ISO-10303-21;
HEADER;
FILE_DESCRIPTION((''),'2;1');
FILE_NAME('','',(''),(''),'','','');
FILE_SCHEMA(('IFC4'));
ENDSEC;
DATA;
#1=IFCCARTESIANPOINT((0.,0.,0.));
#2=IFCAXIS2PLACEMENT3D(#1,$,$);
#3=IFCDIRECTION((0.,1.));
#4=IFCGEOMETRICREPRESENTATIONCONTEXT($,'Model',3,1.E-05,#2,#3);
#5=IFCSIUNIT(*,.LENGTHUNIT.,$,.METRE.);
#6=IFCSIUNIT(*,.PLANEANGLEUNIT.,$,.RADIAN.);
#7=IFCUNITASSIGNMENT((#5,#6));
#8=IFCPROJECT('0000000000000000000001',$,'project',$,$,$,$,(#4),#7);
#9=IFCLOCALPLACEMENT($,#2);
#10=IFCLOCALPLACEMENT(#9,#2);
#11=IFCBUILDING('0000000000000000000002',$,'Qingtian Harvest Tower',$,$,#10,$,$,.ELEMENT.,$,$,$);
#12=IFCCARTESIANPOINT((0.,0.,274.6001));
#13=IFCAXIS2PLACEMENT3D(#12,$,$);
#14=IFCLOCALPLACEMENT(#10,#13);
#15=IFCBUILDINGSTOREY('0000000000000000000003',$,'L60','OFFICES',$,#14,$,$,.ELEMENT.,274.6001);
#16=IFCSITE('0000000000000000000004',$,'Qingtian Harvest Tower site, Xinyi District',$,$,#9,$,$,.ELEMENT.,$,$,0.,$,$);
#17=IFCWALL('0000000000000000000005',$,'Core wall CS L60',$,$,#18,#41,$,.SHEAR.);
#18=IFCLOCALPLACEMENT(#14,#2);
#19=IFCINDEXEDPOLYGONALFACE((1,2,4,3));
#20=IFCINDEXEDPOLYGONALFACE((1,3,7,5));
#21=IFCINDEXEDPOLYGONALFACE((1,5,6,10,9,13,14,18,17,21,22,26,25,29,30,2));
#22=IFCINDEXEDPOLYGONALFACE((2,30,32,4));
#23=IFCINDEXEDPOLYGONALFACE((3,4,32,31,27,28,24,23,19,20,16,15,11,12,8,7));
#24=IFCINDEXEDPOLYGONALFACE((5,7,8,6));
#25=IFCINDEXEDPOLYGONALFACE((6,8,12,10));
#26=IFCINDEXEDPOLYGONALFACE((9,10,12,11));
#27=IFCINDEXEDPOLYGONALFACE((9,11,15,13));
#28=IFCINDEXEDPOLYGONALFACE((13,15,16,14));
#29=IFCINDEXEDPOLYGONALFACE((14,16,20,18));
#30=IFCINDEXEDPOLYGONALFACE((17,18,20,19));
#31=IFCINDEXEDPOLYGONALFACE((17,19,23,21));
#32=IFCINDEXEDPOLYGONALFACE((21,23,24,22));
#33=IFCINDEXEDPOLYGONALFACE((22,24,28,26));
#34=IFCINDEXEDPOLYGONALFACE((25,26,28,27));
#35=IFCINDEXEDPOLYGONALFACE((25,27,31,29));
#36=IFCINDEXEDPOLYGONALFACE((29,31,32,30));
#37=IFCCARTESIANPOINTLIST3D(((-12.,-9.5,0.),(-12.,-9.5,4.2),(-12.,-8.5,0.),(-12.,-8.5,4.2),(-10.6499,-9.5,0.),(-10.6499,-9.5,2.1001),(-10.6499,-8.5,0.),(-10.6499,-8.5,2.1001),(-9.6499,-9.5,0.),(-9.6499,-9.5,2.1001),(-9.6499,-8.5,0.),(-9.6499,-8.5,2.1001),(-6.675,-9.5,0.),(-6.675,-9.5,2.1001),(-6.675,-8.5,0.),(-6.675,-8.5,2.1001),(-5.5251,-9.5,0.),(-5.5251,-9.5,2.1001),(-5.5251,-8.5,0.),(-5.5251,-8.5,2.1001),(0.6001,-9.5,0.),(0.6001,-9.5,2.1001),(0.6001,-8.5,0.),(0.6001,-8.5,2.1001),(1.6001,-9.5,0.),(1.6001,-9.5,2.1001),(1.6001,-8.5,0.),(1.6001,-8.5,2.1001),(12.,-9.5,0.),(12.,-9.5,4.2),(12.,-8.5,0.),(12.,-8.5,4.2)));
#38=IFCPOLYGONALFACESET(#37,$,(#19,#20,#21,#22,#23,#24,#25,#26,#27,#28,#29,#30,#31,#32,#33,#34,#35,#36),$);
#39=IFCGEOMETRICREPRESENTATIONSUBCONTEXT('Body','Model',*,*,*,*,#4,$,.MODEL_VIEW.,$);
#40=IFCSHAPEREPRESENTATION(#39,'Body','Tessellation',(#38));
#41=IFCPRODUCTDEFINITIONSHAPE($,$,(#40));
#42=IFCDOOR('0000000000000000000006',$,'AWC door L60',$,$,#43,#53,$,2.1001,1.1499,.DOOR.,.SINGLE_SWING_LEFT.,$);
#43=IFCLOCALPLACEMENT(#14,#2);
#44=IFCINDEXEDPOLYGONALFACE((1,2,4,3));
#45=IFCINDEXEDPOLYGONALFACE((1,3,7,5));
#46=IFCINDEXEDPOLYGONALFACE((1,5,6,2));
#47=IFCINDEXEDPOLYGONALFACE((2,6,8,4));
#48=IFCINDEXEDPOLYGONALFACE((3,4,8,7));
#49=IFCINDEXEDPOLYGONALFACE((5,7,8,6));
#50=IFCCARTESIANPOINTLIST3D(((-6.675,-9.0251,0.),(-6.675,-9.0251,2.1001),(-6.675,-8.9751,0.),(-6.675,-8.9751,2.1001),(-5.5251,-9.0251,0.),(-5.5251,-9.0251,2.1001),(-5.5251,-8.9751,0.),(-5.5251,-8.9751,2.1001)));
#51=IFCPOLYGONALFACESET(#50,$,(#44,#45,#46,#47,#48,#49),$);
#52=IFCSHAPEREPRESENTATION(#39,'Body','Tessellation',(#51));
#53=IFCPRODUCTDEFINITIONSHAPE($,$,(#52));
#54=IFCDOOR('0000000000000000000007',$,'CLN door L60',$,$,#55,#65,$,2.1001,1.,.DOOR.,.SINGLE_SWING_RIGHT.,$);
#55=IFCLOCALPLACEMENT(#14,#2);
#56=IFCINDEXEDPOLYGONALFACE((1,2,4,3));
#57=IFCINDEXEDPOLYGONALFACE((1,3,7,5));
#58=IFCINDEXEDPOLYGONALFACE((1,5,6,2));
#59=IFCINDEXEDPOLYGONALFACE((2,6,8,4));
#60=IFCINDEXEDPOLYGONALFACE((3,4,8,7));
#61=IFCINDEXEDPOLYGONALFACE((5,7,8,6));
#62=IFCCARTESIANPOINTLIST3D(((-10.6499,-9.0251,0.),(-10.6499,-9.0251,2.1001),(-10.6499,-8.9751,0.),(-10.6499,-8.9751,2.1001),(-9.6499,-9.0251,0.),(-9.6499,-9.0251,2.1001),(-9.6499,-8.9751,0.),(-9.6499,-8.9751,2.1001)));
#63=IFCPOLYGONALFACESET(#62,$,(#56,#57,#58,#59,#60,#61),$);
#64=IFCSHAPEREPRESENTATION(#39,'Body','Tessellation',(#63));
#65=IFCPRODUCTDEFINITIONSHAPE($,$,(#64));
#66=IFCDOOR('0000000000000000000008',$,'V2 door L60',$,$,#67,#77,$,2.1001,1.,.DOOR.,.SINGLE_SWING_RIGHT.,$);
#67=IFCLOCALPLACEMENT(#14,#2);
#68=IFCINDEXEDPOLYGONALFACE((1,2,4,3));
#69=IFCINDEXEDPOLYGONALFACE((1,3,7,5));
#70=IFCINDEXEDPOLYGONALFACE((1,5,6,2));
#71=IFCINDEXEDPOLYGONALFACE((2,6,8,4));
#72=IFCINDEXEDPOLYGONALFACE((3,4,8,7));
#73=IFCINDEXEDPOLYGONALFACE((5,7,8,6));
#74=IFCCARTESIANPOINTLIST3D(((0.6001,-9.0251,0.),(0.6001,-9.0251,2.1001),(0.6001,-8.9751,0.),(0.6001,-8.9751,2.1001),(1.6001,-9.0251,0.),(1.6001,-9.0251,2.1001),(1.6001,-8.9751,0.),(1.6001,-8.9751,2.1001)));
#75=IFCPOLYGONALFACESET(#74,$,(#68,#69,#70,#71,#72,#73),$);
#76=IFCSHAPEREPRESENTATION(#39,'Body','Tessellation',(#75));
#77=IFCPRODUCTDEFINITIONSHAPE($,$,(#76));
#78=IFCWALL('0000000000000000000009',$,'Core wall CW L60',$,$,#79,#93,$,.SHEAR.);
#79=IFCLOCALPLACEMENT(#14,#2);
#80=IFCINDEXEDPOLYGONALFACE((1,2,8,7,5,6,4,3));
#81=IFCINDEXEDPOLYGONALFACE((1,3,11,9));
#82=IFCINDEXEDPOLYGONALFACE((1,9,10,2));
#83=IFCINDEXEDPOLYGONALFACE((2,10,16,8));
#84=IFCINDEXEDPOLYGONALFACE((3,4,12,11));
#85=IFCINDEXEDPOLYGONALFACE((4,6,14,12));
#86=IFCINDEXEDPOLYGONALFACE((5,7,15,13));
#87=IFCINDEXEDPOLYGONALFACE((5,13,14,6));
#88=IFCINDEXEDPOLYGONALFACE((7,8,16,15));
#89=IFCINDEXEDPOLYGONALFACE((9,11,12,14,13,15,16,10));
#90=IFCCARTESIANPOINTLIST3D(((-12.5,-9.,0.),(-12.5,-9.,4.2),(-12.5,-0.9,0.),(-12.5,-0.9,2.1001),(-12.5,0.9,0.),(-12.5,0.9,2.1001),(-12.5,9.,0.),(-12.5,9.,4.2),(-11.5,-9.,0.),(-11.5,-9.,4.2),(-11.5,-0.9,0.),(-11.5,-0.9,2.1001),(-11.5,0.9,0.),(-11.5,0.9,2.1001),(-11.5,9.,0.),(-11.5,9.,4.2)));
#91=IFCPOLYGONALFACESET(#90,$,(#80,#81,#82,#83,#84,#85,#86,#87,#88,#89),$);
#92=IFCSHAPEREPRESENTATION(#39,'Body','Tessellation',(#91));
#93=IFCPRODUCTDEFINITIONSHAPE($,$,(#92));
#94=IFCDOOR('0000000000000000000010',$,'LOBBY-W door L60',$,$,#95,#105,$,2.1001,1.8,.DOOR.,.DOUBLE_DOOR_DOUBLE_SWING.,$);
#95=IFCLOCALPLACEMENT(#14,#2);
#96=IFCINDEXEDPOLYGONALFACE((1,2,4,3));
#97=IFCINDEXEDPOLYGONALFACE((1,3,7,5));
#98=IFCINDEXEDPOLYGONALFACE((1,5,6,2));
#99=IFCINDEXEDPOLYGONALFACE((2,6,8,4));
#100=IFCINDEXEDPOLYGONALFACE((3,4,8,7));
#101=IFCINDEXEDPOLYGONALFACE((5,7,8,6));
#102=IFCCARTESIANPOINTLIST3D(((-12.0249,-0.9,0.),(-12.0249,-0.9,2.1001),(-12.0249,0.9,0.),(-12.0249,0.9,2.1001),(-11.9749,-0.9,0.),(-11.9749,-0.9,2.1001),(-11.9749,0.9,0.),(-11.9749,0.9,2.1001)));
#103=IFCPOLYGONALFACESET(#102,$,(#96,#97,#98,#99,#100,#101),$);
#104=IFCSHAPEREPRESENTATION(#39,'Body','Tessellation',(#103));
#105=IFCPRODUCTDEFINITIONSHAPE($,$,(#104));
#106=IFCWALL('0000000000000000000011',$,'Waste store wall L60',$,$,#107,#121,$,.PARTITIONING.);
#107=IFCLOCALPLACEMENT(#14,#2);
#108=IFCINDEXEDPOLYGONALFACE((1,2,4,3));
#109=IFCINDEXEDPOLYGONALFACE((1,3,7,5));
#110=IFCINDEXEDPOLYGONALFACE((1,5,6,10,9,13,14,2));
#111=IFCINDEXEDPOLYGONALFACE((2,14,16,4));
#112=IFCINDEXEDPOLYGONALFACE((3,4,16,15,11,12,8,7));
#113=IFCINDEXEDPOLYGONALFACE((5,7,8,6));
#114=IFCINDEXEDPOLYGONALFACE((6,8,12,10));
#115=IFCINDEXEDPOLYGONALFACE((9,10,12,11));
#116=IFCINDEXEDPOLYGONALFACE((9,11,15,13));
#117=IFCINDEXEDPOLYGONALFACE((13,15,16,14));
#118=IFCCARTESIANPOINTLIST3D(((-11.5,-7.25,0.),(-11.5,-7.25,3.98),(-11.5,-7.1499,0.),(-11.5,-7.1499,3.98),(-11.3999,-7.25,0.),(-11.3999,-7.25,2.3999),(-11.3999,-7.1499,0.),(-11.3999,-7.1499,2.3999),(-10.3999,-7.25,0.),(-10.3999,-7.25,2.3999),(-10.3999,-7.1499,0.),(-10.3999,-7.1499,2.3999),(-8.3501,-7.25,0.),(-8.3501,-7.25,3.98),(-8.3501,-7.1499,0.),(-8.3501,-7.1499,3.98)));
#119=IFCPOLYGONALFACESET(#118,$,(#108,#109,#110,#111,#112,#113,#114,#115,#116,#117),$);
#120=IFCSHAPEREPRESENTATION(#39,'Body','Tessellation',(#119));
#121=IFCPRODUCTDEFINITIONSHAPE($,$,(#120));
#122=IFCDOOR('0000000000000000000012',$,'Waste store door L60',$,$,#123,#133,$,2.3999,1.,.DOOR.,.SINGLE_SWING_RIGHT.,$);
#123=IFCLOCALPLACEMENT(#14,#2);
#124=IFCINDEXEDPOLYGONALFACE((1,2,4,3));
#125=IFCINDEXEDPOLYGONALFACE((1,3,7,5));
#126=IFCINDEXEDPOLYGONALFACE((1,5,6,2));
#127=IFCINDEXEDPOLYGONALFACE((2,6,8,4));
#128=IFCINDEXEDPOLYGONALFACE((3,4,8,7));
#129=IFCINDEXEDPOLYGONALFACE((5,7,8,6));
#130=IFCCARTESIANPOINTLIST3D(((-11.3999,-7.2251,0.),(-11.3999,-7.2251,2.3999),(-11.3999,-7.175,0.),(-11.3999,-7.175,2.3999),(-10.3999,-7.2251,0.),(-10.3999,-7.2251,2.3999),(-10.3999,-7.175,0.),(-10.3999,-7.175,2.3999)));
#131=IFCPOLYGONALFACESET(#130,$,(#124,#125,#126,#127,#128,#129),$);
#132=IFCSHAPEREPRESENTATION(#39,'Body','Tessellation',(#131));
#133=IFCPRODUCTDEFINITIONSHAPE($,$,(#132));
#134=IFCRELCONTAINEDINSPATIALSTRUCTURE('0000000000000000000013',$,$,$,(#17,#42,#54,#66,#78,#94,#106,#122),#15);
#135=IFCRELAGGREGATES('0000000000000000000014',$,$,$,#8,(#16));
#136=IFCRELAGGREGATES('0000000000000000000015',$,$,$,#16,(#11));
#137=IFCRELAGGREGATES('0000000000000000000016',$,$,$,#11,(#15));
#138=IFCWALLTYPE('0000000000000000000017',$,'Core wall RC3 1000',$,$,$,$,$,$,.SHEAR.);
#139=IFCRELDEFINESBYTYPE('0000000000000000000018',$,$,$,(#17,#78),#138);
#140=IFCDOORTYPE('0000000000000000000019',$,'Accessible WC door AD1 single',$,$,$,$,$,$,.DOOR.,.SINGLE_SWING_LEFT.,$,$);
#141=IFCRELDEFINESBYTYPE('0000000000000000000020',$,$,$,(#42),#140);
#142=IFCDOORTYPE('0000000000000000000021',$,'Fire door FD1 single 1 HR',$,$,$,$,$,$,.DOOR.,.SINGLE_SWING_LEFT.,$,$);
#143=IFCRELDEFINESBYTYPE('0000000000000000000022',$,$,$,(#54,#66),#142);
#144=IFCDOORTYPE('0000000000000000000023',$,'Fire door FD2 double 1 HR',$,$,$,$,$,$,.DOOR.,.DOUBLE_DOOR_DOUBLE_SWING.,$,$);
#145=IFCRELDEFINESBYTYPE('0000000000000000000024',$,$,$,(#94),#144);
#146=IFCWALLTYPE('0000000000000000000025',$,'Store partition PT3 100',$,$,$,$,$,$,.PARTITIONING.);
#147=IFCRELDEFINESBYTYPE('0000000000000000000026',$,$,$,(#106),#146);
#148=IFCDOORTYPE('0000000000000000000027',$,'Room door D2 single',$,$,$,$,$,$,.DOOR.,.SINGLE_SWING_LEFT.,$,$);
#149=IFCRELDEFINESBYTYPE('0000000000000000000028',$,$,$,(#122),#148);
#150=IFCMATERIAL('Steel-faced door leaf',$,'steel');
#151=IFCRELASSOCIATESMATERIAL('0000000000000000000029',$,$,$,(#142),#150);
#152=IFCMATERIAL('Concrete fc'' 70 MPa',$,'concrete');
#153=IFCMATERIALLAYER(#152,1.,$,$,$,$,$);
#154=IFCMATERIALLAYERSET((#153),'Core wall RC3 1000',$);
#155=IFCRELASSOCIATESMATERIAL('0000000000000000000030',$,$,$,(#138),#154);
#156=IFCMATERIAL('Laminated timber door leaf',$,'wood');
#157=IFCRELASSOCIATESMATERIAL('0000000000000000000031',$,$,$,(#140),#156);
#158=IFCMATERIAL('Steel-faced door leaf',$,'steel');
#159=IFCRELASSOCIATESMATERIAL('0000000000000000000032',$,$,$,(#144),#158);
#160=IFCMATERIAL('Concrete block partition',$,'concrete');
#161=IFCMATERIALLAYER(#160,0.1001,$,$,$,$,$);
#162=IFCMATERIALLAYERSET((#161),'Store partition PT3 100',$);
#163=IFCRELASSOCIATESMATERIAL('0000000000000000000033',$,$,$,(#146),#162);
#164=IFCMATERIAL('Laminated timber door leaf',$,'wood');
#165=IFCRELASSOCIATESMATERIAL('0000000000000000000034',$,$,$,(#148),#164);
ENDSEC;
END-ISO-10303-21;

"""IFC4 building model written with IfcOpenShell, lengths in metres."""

from ifc_helpers import new_model, si_unit, direction, frame, frame_2d, origin, place, context, subcontext, project, spatial, rectangle, extrude, material, layer, layer_set, type_object, element, fill, save


model = new_model("IFC4")

# Units and contexts
model_context = context("Model", 3, precision=1e-05, world=origin(), true_north=direction((0.0, 1.0)))
body_context = subcontext(model_context, "Body", "Model", "MODEL_VIEW")
ifc_project = project(units=[si_unit("LENGTHUNIT", "METRE"), si_unit("PLANEANGLEUNIT", "RADIAN")], contexts=[model_context])

# Site, building, storey
site_placement = place(None, origin())
site = spatial("IfcSite", under=ifc_project, at=site_placement, Name="Qingtian Harvest Tower site, Xinyi District", CompositionType="ELEMENT", RefElevation=0.0)
building_placement = place(site_placement, origin())
building = spatial("IfcBuilding", under=site, at=building_placement, Name="Qingtian Harvest Tower", CompositionType="ELEMENT")
storey_placement = place(building_placement, frame((0.0, 0.0, 274.6001)))
storey = spatial("IfcBuildingStorey", under=building, at=storey_placement, Name="L60", Description="OFFICES", CompositionType="ELEMENT", Elevation=274.6001)

# Shared definitions
ifc_material_1 = material(Name="Steel-faced door leaf", Category="steel")
door_type_1 = type_object("IfcDoorType", Name="Fire door FD1 single 1 HR", OperationType="SINGLE_SWING_LEFT", PredefinedType="DOOR", material=ifc_material_1)

# Wall, openings, doors
ifc_material_2 = material(Name="Concrete fc' 70 MPa", Category="concrete")
ifc_layer_1 = layer(ifc_material_2, 1.0)
ifc_layer_set_1 = layer_set([ifc_layer_1], Name="Core wall RC3 1000")
wall_type_1 = type_object("IfcWallType", Name="Core wall RC3 1000", PredefinedType="SHEAR", material=ifc_layer_set_1)
wall_1_placement = place(storey_placement, frame((-12.0, -9.0, 0.0), z_axis=(0.0, 0.0, 1.0), x_axis=(1.0, 0.0, 0.0)))
wall_1 = element("IfcWall", 1, at=wall_1_placement, inside=storey, type_object=wall_type_1, Name="Core wall CS L60", PredefinedType="SHEAR", context=body_context, shape_type="SweptSolid", body=[
    extrude(rectangle(XDim=24.0, YDim=1.0, at=frame_2d((12.0, 0.0))), origin(), (0.0, 0.0, 1.0), 4.2),
])
opening_1_placement = place(wall_1_placement, frame((1.3501, 0.0, 0.0)))
opening_1 = element("IfcOpeningElement", 2, at=opening_1_placement, cuts=wall_1, PredefinedType="OPENING", context=body_context, shape_type="SweptSolid", body=[
    extrude(rectangle(XDim=1.0, YDim=2.1001, at=frame_2d((0.5, 1.05))), frame((0.0, 0.51, 0.0), z_axis=(0.0, -1.0, 0.0), x_axis=(1.0, 0.0, 0.0)), (0.0, 0.0, 1.0), 1.02),
])
opening_2_placement = place(wall_1_placement, frame((5.325, 0.0, 0.0)))
opening_2 = element("IfcOpeningElement", 3, at=opening_2_placement, cuts=wall_1, PredefinedType="OPENING", context=body_context, shape_type="SweptSolid", body=[
    extrude(rectangle(XDim=1.1499, YDim=2.1001, at=frame_2d((0.575, 1.05))), frame((0.0, 0.51, 0.0), z_axis=(0.0, -1.0, 0.0), x_axis=(1.0, 0.0, 0.0)), (0.0, 0.0, 1.0), 1.02),
])
opening_3_placement = place(wall_1_placement, frame((12.6001, 0.0, 0.0)))
opening_3 = element("IfcOpeningElement", 4, at=opening_3_placement, cuts=wall_1, PredefinedType="OPENING", context=body_context, shape_type="SweptSolid", body=[
    extrude(rectangle(XDim=1.0, YDim=2.1001, at=frame_2d((0.5, 1.05))), frame((0.0, 0.51, 0.0), z_axis=(0.0, -1.0, 0.0), x_axis=(1.0, 0.0, 0.0)), (0.0, 0.0, 1.0), 1.02),
])
ifc_material_3 = material(Name="Laminated timber door leaf", Category="wood")
door_type_2 = type_object("IfcDoorType", Name="Accessible WC door AD1 single", OperationType="SINGLE_SWING_LEFT", PredefinedType="DOOR", material=ifc_material_3)
door_1_placement = place(opening_2_placement, origin())
door_1 = element("IfcDoor", 5, at=door_1_placement, inside=storey, type_object=door_type_2, Name="AWC door L60", OperationType="SINGLE_SWING_LEFT", OverallHeight=2.1001, OverallWidth=1.1499, PredefinedType="DOOR", context=body_context, shape_type="SweptSolid", body=[
    extrude(rectangle(XDim=1.1499, YDim=2.1001, at=frame_2d((0.575, 1.05))), frame((0.0, 0.0249, 0.0), z_axis=(0.0, -1.0, 0.0), x_axis=(1.0, 0.0, 0.0)), (0.0, 0.0, 1.0), 0.05),
])
fill(opening_2, door_1)
door_2_placement = place(opening_1_placement, origin())
door_2 = element("IfcDoor", 6, at=door_2_placement, inside=storey, type_object=door_type_1, Name="CLN door L60", OperationType="SINGLE_SWING_RIGHT", OverallHeight=2.1001, OverallWidth=1.0, PredefinedType="DOOR", context=body_context, shape_type="SweptSolid", body=[
    extrude(rectangle(XDim=1.0, YDim=2.1001, at=frame_2d((0.5, 1.05))), frame((0.0, 0.0249, 0.0), z_axis=(0.0, -1.0, 0.0), x_axis=(1.0, 0.0, 0.0)), (0.0, 0.0, 1.0), 0.05),
])
fill(opening_1, door_2)
door_3_placement = place(opening_3_placement, origin())
door_3 = element("IfcDoor", 7, at=door_3_placement, inside=storey, type_object=door_type_1, Name="V2 door L60", OperationType="SINGLE_SWING_RIGHT", OverallHeight=2.1001, OverallWidth=1.0, PredefinedType="DOOR", context=body_context, shape_type="SweptSolid", body=[
    extrude(rectangle(XDim=1.0, YDim=2.1001, at=frame_2d((0.5, 1.05))), frame((0.0, 0.0249, 0.0), z_axis=(0.0, -1.0, 0.0), x_axis=(1.0, 0.0, 0.0)), (0.0, 0.0, 1.0), 0.05),
])
fill(opening_3, door_3)

# Walls, openings, doors
wall_2_placement = place(storey_placement, frame((-12.0, -9.0, 0.0), z_axis=(0.0, 0.0, 1.0), x_axis=(0.0, 1.0, 0.0)))
wall_2 = element("IfcWall", 8, at=wall_2_placement, inside=storey, type_object=wall_type_1, Name="Core wall CW L60", PredefinedType="SHEAR", context=body_context, shape_type="SweptSolid", body=[
    extrude(rectangle(XDim=18.0, YDim=1.0, at=frame_2d((9.0, 0.0))), origin(), (0.0, 0.0, 1.0), 4.2),
])
opening_4_placement = place(wall_2_placement, frame((8.1001, 0.0, 0.0)))
opening_4 = element("IfcOpeningElement", 9, at=opening_4_placement, cuts=wall_2, PredefinedType="OPENING", context=body_context, shape_type="SweptSolid", body=[
    extrude(rectangle(XDim=1.8, YDim=2.1001, at=frame_2d((0.8999, 1.05))), frame((0.0, 0.51, 0.0), z_axis=(0.0, -1.0, 0.0), x_axis=(1.0, 0.0, 0.0)), (0.0, 0.0, 1.0), 1.02),
])
ifc_material_4 = material(Name="Steel-faced door leaf", Category="steel")
door_type_3 = type_object("IfcDoorType", Name="Fire door FD2 double 1 HR", OperationType="DOUBLE_DOOR_DOUBLE_SWING", PredefinedType="DOOR", material=ifc_material_4)
door_4_placement = place(opening_4_placement, origin())
door_4 = element("IfcDoor", 10, at=door_4_placement, inside=storey, type_object=door_type_3, Name="LOBBY-W door L60", OperationType="DOUBLE_DOOR_DOUBLE_SWING", OverallHeight=2.1001, OverallWidth=1.8, PredefinedType="DOOR", context=body_context, shape_type="SweptSolid", body=[
    extrude(rectangle(XDim=1.8, YDim=2.1001, at=frame_2d((0.8999, 1.05))), frame((0.0, 0.0249, 0.0), z_axis=(0.0, -1.0, 0.0), x_axis=(1.0, 0.0, 0.0)), (0.0, 0.0, 1.0), 0.05),
])
fill(opening_4, door_4)
ifc_material_5 = material(Name="Concrete block partition", Category="concrete")
ifc_layer_2 = layer(ifc_material_5, 0.1001)
ifc_layer_set_2 = layer_set([ifc_layer_2], Name="Store partition PT3 100")
wall_type_2 = type_object("IfcWallType", Name="Store partition PT3 100", PredefinedType="PARTITIONING", material=ifc_layer_set_2)
wall_3_placement = place(storey_placement, frame((-11.5, -7.2, 0.0), z_axis=(0.0, 0.0, 1.0), x_axis=(1.0, 0.0, 0.0)))
wall_3 = element("IfcWall", 11, at=wall_3_placement, inside=storey, type_object=wall_type_2, Name="Waste store wall L60", PredefinedType="PARTITIONING", context=body_context, shape_type="SweptSolid", body=[
    extrude(rectangle(XDim=3.1499, YDim=0.1001, at=frame_2d((1.575, 0.0))), origin(), (0.0, 0.0, 1.0), 3.98),
])
opening_5_placement = place(wall_3_placement, frame((0.1001, 0.0, 0.0)))
opening_5 = element("IfcOpeningElement", 12, at=opening_5_placement, cuts=wall_3, PredefinedType="OPENING", context=body_context, shape_type="SweptSolid", body=[
    extrude(rectangle(XDim=1.0, YDim=2.3999, at=frame_2d((0.5, 1.2))), frame((0.0, 0.0601, 0.0), z_axis=(0.0, -1.0, 0.0), x_axis=(1.0, 0.0, 0.0)), (0.0, 0.0, 1.0), 0.1201),
])
ifc_material_6 = material(Name="Laminated timber door leaf", Category="wood")
door_type_4 = type_object("IfcDoorType", Name="Room door D2 single", OperationType="SINGLE_SWING_LEFT", PredefinedType="DOOR", material=ifc_material_6)
door_5_placement = place(opening_5_placement, origin())
door_5 = element("IfcDoor", 13, at=door_5_placement, inside=storey, type_object=door_type_4, Name="Waste store door L60", OperationType="SINGLE_SWING_RIGHT", OverallHeight=2.3999, OverallWidth=1.0, PredefinedType="DOOR", context=body_context, shape_type="SweptSolid", body=[
    extrude(rectangle(XDim=1.0, YDim=2.3999, at=frame_2d((0.5, 1.2))), frame((0.0, 0.0249, 0.0), z_axis=(0.0, -1.0, 0.0), x_axis=(1.0, 0.0, 0.0)), (0.0, 0.0, 1.0), 0.05),
])
fill(opening_5, door_5)

save(model, "model.ifc")
